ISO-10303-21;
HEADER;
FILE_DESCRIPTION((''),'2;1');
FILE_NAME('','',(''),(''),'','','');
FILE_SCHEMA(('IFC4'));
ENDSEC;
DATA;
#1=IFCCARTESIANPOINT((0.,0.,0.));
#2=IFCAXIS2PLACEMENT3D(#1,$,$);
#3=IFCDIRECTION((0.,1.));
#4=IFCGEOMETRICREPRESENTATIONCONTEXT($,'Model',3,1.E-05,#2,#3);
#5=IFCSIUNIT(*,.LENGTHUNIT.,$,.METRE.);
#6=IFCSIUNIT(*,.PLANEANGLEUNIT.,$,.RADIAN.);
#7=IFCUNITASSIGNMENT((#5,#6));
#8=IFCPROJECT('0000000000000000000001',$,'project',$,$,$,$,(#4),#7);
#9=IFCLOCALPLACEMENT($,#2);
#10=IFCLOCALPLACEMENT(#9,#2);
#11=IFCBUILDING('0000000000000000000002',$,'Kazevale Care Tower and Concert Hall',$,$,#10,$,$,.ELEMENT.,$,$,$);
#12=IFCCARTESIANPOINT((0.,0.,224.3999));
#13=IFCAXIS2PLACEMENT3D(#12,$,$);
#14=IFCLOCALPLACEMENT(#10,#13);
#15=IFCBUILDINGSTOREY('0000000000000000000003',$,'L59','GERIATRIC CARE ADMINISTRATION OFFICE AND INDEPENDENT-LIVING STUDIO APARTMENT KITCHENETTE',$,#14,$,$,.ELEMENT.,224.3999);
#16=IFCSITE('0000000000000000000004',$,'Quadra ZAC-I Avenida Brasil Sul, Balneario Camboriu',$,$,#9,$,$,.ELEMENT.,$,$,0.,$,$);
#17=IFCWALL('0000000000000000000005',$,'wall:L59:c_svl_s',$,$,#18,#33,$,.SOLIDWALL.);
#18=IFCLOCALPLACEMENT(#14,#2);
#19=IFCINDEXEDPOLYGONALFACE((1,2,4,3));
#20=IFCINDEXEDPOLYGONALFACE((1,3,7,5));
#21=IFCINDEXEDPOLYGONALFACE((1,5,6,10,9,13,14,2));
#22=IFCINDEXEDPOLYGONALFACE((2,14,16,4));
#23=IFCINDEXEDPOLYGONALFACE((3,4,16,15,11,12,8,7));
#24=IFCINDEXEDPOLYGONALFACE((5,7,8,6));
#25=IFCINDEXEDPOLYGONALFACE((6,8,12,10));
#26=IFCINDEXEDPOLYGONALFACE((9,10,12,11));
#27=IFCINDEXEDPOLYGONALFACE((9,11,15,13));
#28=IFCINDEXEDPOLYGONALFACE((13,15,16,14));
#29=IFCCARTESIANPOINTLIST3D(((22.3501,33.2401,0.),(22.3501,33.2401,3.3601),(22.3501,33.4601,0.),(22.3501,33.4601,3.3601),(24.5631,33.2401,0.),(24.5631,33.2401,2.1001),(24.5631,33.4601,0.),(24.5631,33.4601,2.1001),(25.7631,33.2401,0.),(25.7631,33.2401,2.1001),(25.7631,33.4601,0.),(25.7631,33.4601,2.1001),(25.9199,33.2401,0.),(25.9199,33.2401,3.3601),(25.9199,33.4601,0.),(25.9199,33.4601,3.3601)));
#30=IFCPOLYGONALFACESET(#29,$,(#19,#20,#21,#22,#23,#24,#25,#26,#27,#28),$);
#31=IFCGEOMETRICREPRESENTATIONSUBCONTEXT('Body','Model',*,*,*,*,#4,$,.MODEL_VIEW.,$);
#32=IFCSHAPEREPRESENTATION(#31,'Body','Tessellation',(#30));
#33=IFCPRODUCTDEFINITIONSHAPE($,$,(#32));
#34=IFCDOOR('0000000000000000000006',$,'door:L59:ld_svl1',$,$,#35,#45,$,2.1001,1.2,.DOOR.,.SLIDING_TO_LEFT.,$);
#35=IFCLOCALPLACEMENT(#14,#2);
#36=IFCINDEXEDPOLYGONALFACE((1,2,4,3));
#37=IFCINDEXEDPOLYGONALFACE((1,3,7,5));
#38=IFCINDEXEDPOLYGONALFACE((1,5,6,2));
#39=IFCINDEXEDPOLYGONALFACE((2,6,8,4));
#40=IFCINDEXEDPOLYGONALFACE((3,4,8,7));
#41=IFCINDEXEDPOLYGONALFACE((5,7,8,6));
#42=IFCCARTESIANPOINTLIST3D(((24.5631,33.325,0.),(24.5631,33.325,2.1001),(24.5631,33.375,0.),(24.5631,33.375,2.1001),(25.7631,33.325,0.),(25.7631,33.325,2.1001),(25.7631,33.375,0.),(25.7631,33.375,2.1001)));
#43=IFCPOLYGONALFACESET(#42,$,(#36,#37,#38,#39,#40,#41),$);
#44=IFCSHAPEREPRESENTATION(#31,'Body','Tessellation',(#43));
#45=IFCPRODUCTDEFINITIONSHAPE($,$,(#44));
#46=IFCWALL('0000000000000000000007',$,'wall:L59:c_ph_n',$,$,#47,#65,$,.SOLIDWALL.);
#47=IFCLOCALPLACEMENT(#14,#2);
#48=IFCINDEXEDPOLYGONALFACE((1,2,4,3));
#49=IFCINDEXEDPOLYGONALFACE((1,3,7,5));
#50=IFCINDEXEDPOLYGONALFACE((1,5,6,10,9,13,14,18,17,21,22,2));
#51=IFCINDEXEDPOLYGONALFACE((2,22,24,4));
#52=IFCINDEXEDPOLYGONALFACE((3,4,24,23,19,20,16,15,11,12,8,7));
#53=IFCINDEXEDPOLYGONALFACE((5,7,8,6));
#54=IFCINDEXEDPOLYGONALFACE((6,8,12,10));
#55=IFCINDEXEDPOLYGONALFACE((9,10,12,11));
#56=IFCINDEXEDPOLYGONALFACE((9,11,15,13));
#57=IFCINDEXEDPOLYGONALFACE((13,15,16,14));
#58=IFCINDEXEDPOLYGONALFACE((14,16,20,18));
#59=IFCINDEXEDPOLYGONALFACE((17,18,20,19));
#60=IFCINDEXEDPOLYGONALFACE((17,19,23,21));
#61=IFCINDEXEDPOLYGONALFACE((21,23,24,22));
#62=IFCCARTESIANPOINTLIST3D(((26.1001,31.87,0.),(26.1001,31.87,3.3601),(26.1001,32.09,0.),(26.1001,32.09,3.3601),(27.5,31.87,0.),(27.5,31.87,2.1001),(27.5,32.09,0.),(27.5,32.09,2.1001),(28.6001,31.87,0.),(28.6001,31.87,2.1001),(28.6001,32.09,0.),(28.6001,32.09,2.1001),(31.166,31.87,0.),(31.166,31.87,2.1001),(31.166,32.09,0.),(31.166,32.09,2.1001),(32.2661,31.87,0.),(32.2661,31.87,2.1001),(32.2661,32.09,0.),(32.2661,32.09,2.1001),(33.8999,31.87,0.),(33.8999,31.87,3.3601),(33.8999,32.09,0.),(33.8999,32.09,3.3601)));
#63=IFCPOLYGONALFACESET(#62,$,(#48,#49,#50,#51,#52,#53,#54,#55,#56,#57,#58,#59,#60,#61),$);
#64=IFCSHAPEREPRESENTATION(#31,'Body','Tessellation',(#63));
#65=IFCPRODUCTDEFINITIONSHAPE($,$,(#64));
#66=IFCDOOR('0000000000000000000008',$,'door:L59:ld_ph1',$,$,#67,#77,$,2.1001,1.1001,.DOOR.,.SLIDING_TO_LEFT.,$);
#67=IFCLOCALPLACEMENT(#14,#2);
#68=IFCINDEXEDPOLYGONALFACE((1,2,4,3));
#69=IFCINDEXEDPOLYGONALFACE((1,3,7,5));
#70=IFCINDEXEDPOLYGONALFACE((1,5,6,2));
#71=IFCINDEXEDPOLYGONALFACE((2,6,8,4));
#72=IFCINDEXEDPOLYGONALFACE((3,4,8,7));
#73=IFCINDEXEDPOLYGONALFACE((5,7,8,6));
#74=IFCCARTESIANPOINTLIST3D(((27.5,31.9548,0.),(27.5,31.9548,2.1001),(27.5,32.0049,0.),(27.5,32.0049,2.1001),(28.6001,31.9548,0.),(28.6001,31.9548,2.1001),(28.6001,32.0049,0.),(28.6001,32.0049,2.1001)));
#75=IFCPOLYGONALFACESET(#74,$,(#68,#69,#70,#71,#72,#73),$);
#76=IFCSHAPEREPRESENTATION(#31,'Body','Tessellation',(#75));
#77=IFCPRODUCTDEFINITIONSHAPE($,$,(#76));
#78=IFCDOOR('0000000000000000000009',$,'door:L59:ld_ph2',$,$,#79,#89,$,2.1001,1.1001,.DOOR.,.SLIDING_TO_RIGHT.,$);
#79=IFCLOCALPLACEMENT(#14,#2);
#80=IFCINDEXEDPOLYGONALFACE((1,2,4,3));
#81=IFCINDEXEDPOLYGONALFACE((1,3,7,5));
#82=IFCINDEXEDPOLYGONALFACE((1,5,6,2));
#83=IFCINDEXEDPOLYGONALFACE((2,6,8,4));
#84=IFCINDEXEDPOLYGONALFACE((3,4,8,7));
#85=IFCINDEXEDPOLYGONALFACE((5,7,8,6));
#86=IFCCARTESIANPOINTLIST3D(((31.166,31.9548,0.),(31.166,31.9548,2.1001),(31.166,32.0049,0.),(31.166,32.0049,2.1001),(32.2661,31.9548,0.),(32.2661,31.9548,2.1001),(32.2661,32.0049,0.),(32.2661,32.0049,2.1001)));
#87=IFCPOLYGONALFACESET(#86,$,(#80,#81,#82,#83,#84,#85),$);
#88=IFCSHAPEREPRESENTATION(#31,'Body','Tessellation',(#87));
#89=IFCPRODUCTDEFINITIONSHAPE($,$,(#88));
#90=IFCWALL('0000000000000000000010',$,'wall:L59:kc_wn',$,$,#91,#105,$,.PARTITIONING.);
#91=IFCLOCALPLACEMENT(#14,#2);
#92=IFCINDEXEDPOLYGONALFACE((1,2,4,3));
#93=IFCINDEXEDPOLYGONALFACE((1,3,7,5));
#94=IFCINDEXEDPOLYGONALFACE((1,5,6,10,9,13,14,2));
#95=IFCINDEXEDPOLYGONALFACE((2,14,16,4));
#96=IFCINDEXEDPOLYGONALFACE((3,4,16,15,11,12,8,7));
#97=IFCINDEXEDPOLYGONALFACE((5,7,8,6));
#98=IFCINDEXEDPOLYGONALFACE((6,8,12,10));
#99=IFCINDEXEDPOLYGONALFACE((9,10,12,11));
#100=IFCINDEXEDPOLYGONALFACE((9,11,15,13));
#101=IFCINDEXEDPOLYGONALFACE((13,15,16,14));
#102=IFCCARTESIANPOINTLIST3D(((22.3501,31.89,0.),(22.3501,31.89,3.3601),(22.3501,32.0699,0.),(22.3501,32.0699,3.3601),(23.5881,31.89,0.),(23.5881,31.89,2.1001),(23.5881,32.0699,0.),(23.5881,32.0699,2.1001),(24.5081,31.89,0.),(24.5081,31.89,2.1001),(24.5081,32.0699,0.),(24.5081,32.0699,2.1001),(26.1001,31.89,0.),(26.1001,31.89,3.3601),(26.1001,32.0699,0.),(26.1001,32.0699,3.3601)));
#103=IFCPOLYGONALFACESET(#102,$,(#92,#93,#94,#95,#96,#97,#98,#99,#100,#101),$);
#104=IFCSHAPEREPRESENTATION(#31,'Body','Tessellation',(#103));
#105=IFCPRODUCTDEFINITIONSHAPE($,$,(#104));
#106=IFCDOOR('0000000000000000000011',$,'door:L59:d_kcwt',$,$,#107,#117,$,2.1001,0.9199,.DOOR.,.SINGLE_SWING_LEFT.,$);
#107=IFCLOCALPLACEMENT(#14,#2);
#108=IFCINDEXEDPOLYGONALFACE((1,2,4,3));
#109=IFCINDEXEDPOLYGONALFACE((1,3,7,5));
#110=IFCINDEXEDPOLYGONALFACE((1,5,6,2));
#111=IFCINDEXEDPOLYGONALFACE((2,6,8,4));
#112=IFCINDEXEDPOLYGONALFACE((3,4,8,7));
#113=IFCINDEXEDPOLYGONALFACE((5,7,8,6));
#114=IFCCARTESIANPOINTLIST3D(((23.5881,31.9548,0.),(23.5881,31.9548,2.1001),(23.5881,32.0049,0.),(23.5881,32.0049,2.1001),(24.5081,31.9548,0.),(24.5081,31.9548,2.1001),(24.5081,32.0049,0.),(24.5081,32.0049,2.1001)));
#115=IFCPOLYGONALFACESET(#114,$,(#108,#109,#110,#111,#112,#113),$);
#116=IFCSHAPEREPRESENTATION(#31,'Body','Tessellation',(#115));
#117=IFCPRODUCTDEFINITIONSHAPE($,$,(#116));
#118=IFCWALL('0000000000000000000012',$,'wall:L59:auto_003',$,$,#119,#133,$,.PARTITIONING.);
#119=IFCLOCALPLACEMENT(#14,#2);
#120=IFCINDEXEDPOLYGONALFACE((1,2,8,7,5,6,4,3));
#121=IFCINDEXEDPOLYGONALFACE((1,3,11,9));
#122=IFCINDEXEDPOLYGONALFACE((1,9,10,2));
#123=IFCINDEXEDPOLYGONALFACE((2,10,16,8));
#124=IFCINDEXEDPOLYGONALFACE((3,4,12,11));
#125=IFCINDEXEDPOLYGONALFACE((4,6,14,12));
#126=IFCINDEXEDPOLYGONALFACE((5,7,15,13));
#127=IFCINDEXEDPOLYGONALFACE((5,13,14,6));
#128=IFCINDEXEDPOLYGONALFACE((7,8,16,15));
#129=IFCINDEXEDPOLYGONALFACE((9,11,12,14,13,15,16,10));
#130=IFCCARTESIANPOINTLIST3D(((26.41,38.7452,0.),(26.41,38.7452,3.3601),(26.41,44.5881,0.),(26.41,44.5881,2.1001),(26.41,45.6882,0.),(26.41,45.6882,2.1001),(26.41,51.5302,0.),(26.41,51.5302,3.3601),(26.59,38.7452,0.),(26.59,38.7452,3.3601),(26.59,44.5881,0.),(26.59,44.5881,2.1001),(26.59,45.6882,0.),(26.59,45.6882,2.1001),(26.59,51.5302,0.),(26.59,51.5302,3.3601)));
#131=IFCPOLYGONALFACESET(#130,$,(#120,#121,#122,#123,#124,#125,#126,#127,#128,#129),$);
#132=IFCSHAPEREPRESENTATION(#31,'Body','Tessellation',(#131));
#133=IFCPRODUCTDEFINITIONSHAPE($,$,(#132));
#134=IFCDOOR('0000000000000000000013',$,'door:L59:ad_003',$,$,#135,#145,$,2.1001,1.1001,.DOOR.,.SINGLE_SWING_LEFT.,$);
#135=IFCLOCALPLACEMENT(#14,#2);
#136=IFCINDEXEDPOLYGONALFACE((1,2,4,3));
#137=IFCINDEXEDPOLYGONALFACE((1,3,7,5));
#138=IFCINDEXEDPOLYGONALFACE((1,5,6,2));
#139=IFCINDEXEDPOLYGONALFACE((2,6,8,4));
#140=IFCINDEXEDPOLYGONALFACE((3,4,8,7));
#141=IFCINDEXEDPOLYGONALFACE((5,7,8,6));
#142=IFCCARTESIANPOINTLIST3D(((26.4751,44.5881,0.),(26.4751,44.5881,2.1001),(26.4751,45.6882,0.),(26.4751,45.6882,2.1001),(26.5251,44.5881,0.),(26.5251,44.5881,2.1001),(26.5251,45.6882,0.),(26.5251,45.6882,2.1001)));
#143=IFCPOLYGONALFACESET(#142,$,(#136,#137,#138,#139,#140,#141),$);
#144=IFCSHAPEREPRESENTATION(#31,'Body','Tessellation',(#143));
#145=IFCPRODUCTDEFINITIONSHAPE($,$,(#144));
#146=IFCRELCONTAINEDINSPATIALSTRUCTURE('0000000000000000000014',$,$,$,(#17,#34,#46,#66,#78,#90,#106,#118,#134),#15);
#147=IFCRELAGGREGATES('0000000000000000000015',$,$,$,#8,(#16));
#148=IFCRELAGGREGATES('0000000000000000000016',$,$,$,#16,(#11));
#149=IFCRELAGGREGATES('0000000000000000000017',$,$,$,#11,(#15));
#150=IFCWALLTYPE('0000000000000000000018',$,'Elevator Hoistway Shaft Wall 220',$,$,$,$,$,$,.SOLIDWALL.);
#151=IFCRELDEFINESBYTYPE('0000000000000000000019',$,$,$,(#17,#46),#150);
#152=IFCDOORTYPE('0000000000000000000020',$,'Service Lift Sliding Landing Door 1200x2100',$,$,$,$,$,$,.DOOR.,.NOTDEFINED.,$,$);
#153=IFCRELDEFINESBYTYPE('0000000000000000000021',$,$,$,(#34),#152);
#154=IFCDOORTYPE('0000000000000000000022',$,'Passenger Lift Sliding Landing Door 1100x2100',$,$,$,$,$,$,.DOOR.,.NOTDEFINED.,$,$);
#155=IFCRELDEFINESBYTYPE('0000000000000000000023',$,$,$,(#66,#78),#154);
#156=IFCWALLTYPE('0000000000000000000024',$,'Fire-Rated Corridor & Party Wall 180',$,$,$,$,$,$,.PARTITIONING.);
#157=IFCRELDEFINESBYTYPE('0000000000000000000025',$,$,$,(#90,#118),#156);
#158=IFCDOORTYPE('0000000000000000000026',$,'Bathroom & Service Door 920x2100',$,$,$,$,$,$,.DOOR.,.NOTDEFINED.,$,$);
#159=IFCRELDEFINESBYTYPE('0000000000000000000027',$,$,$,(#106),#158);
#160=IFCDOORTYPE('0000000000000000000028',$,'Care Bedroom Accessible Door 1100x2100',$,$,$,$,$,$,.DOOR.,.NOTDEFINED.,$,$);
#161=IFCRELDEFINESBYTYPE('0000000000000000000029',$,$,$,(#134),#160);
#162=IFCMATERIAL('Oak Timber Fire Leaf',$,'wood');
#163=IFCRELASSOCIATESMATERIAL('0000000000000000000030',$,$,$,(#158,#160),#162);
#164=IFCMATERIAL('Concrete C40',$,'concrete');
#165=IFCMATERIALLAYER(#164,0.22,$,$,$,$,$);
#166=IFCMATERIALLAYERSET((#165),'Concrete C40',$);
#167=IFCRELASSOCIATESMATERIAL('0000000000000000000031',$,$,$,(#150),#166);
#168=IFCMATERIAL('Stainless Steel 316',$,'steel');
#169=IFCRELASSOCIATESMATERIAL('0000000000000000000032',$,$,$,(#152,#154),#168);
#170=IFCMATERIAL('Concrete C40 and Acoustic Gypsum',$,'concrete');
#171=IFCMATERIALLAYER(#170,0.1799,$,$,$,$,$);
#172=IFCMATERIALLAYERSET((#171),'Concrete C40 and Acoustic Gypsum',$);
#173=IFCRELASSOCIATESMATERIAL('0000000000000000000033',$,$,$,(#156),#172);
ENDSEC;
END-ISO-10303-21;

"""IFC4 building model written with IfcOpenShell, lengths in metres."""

from ifc_helpers import new_model, si_unit, direction, frame, frame_2d, origin, place, context, subcontext, project, spatial, rectangle, extrude, material, layer, layer_set, type_object, element, fill, save


model = new_model("IFC4")

# Units and contexts
model_context = context("Model", 3, precision=1e-05, world=origin(), true_north=direction((0.0, 1.0)))
body_context = subcontext(model_context, "Body", "Model", "MODEL_VIEW")
ifc_project = project(units=[si_unit("LENGTHUNIT", "METRE"), si_unit("PLANEANGLEUNIT", "RADIAN")], contexts=[model_context])

# Site, building, storey
site_placement = place(None, origin())
site = spatial("IfcSite", under=ifc_project, at=site_placement, Name="Quadra ZAC-I Avenida Brasil Sul, Balneario Camboriu", CompositionType="ELEMENT", RefElevation=0.0)
building_placement = place(site_placement, origin())
building = spatial("IfcBuilding", under=site, at=building_placement, Name="Kazevale Care Tower and Concert Hall", CompositionType="ELEMENT")
storey_placement = place(building_placement, frame((0.0, 0.0, 224.3999)))
storey = spatial("IfcBuildingStorey", under=building, at=storey_placement, Name="L59", Description="GERIATRIC CARE ADMINISTRATION OFFICE AND INDEPENDENT-LIVING STUDIO APARTMENT KITCHENETTE", CompositionType="ELEMENT", Elevation=224.3999)

# Shared definitions
ifc_material_1 = material(Name="Oak Timber Fire Leaf", Category="wood")
door_type_1 = type_object("IfcDoorType", Name="Bathroom & Service Door 920x2100", OperationType="NOTDEFINED", PredefinedType="DOOR", material=ifc_material_1)

# Shared definitions
ifc_material_2 = material(Name="Concrete C40", Category="concrete")
ifc_layer_1 = layer(ifc_material_2, 0.22)
ifc_layer_set_1 = layer_set([ifc_layer_1], Name="Concrete C40")
wall_type_1 = type_object("IfcWallType", Name="Elevator Hoistway Shaft Wall 220", PredefinedType="SOLIDWALL", material=ifc_layer_set_1)

# Wall, opening, door
wall_1_placement = place(storey_placement, frame((22.3501, 33.3501, 0.0), z_axis=(0.0, 0.0, 1.0), x_axis=(1.0, 0.0, 0.0)))
wall_1 = element("IfcWall", 1, at=wall_1_placement, inside=storey, type_object=wall_type_1, Name="wall:L59:c_svl_s", PredefinedType="SOLIDWALL", context=body_context, shape_type="SweptSolid", body=[
    extrude(rectangle(XDim=3.5698, YDim=0.22, at=frame_2d((1.7849, 0.0))), origin(), (0.0, 0.0, 1.0), 3.3601),
])
opening_1_placement = place(wall_1_placement, frame((2.2129, 0.0, 0.0)))
opening_1 = element("IfcOpeningElement", 2, at=opening_1_placement, cuts=wall_1, PredefinedType="OPENING", context=body_context, shape_type="SweptSolid", body=[
    extrude(rectangle(XDim=1.2, YDim=2.1001, at=frame_2d((0.6001, 1.05))), frame((0.0, 0.1199, 0.0), z_axis=(0.0, -1.0, 0.0), x_axis=(1.0, 0.0, 0.0)), (0.0, 0.0, 1.0), 0.24),
])
ifc_material_3 = material(Name="Stainless Steel 316", Category="steel")
door_type_2 = type_object("IfcDoorType", Name="Service Lift Sliding Landing Door 1200x2100", OperationType="NOTDEFINED", PredefinedType="DOOR", material=ifc_material_3)
door_1_placement = place(opening_1_placement, origin())
door_1 = element("IfcDoor", 3, at=door_1_placement, inside=storey, type_object=door_type_2, Name="door:L59:ld_svl1", OperationType="SLIDING_TO_LEFT", OverallHeight=2.1001, OverallWidth=1.2, PredefinedType="DOOR", context=body_context, shape_type="SweptSolid", body=[
    extrude(rectangle(XDim=1.2, YDim=2.1001, at=frame_2d((0.6001, 1.05))), frame((0.0, 0.0249, 0.0), z_axis=(0.0, -1.0, 0.0), x_axis=(1.0, 0.0, 0.0)), (0.0, 0.0, 1.0), 0.05),
])
fill(opening_1, door_1)

# Wall, openings, doors
wall_2_placement = place(storey_placement, frame((26.1001, 31.98, 0.0), z_axis=(0.0, 0.0, 1.0), x_axis=(1.0, 0.0, 0.0)))
wall_2 = element("IfcWall", 4, at=wall_2_placement, inside=storey, type_object=wall_type_1, Name="wall:L59:c_ph_n", PredefinedType="SOLIDWALL", context=body_context, shape_type="SweptSolid", body=[
    extrude(rectangle(XDim=7.7998, YDim=0.22, at=frame_2d((3.8999, 0.0))), origin(), (0.0, 0.0, 1.0), 3.3601),
])
opening_2_placement = place(wall_2_placement, frame((1.3999, 0.0, 0.0)))
opening_2 = element("IfcOpeningElement", 5, at=opening_2_placement, cuts=wall_2, PredefinedType="OPENING", context=body_context, shape_type="SweptSolid", body=[
    extrude(rectangle(XDim=1.1001, YDim=2.1001, at=frame_2d((0.55, 1.05))), frame((0.0, 0.1199, 0.0), z_axis=(0.0, -1.0, 0.0), x_axis=(1.0, 0.0, 0.0)), (0.0, 0.0, 1.0), 0.24),
])
opening_3_placement = place(wall_2_placement, frame((5.0659, 0.0, 0.0)))
opening_3 = element("IfcOpeningElement", 6, at=opening_3_placement, cuts=wall_2, PredefinedType="OPENING", context=body_context, shape_type="SweptSolid", body=[
    extrude(rectangle(XDim=1.1001, YDim=2.1001, at=frame_2d((0.55, 1.05))), frame((0.0, 0.1199, 0.0), z_axis=(0.0, -1.0, 0.0), x_axis=(1.0, 0.0, 0.0)), (0.0, 0.0, 1.0), 0.24),
])
door_type_3 = type_object("IfcDoorType", Name="Passenger Lift Sliding Landing Door 1100x2100", OperationType="NOTDEFINED", PredefinedType="DOOR", material=ifc_material_3)
door_2_placement = place(opening_2_placement, origin())
door_2 = element("IfcDoor", 7, at=door_2_placement, inside=storey, type_object=door_type_3, Name="door:L59:ld_ph1", OperationType="SLIDING_TO_LEFT", OverallHeight=2.1001, OverallWidth=1.1001, PredefinedType="DOOR", context=body_context, shape_type="SweptSolid", body=[
    extrude(rectangle(XDim=1.1001, YDim=2.1001, at=frame_2d((0.55, 1.05))), frame((0.0, 0.0249, 0.0), z_axis=(0.0, -1.0, 0.0), x_axis=(1.0, 0.0, 0.0)), (0.0, 0.0, 1.0), 0.05),
])
fill(opening_2, door_2)
door_3_placement = place(opening_3_placement, origin())
door_3 = element("IfcDoor", 8, at=door_3_placement, inside=storey, type_object=door_type_3, Name="door:L59:ld_ph2", OperationType="SLIDING_TO_RIGHT", OverallHeight=2.1001, OverallWidth=1.1001, PredefinedType="DOOR", context=body_context, shape_type="SweptSolid", body=[
    extrude(rectangle(XDim=1.1001, YDim=2.1001, at=frame_2d((0.55, 1.05))), frame((0.0, 0.0249, 0.0), z_axis=(0.0, -1.0, 0.0), x_axis=(1.0, 0.0, 0.0)), (0.0, 0.0, 1.0), 0.05),
])
fill(opening_3, door_3)

# Walls, openings, doors
ifc_material_4 = material(Name="Concrete C40 and Acoustic Gypsum", Category="concrete")
ifc_layer_2 = layer(ifc_material_4, 0.1799)
ifc_layer_set_2 = layer_set([ifc_layer_2], Name="Concrete C40 and Acoustic Gypsum")
wall_type_2 = type_object("IfcWallType", Name="Fire-Rated Corridor & Party Wall 180", PredefinedType="PARTITIONING", material=ifc_layer_set_2)
wall_3_placement = place(storey_placement, frame((22.3501, 31.98, 0.0), z_axis=(0.0, 0.0, 1.0), x_axis=(1.0, 0.0, 0.0)))
wall_3 = element("IfcWall", 9, at=wall_3_placement, inside=storey, type_object=wall_type_2, Name="wall:L59:kc_wn", PredefinedType="PARTITIONING", context=body_context, shape_type="SweptSolid", body=[
    extrude(rectangle(XDim=3.75, YDim=0.1799, at=frame_2d((1.875, 0.0))), origin(), (0.0, 0.0, 1.0), 3.3601),
])
opening_4_placement = place(wall_3_placement, frame((1.238, 0.0, 0.0)))
opening_4 = element("IfcOpeningElement", 10, at=opening_4_placement, cuts=wall_3, PredefinedType="OPENING", context=body_context, shape_type="SweptSolid", body=[
    extrude(rectangle(XDim=0.9199, YDim=2.1001, at=frame_2d((0.46, 1.05))), frame((0.0, 0.0999, 0.0), z_axis=(0.0, -1.0, 0.0), x_axis=(1.0, 0.0, 0.0)), (0.0, 0.0, 1.0), 0.2),
])
door_4_placement = place(opening_4_placement, origin())
door_4 = element("IfcDoor", 11, at=door_4_placement, inside=storey, type_object=door_type_1, Name="door:L59:d_kcwt", OperationType="SINGLE_SWING_LEFT", OverallHeight=2.1001, OverallWidth=0.9199, PredefinedType="DOOR", context=body_context, shape_type="SweptSolid", body=[
    extrude(rectangle(XDim=0.9199, YDim=2.1001, at=frame_2d((0.46, 1.05))), frame((0.0, 0.0249, 0.0), z_axis=(0.0, -1.0, 0.0), x_axis=(1.0, 0.0, 0.0)), (0.0, 0.0, 1.0), 0.05),
])
fill(opening_4, door_4)
wall_4_placement = place(storey_placement, frame((26.5, 38.7451, 0.0), z_axis=(0.0, 0.0, 1.0), x_axis=(0.0, 1.0, 0.0)))
wall_4 = element("IfcWall", 12, at=wall_4_placement, inside=storey, type_object=wall_type_2, Name="wall:L59:auto_003", PredefinedType="PARTITIONING", context=body_context, shape_type="SweptSolid", body=[
    extrude(rectangle(XDim=12.7849, YDim=0.1799, at=frame_2d((6.3926, 0.0))), origin(), (0.0, 0.0, 1.0), 3.3601),
])
opening_5_placement = place(wall_4_placement, frame((5.843, 0.0, 0.0)))
opening_5 = element("IfcOpeningElement", 13, at=opening_5_placement, cuts=wall_4, PredefinedType="OPENING", context=body_context, shape_type="SweptSolid", body=[
    extrude(rectangle(XDim=1.1001, YDim=2.1001, at=frame_2d((0.55, 1.05))), frame((0.0, 0.0999, 0.0), z_axis=(0.0, -1.0, 0.0), x_axis=(1.0, 0.0, 0.0)), (0.0, 0.0, 1.0), 0.2),
])
door_type_4 = type_object("IfcDoorType", Name="Care Bedroom Accessible Door 1100x2100", OperationType="NOTDEFINED", PredefinedType="DOOR", material=ifc_material_1)
door_5_placement = place(opening_5_placement, origin())
door_5 = element("IfcDoor", 14, at=door_5_placement, inside=storey, type_object=door_type_4, Name="door:L59:ad_003", OperationType="SINGLE_SWING_LEFT", OverallHeight=2.1001, OverallWidth=1.1001, PredefinedType="DOOR", context=body_context, shape_type="SweptSolid", body=[
    extrude(rectangle(XDim=1.1001, YDim=2.1001, at=frame_2d((0.55, 1.05))), frame((0.0, 0.0249, 0.0), z_axis=(0.0, -1.0, 0.0), x_axis=(1.0, 0.0, 0.0)), (0.0, 0.0, 1.0), 0.05),
])
fill(opening_5, door_5)

save(model, "model.ifc")
